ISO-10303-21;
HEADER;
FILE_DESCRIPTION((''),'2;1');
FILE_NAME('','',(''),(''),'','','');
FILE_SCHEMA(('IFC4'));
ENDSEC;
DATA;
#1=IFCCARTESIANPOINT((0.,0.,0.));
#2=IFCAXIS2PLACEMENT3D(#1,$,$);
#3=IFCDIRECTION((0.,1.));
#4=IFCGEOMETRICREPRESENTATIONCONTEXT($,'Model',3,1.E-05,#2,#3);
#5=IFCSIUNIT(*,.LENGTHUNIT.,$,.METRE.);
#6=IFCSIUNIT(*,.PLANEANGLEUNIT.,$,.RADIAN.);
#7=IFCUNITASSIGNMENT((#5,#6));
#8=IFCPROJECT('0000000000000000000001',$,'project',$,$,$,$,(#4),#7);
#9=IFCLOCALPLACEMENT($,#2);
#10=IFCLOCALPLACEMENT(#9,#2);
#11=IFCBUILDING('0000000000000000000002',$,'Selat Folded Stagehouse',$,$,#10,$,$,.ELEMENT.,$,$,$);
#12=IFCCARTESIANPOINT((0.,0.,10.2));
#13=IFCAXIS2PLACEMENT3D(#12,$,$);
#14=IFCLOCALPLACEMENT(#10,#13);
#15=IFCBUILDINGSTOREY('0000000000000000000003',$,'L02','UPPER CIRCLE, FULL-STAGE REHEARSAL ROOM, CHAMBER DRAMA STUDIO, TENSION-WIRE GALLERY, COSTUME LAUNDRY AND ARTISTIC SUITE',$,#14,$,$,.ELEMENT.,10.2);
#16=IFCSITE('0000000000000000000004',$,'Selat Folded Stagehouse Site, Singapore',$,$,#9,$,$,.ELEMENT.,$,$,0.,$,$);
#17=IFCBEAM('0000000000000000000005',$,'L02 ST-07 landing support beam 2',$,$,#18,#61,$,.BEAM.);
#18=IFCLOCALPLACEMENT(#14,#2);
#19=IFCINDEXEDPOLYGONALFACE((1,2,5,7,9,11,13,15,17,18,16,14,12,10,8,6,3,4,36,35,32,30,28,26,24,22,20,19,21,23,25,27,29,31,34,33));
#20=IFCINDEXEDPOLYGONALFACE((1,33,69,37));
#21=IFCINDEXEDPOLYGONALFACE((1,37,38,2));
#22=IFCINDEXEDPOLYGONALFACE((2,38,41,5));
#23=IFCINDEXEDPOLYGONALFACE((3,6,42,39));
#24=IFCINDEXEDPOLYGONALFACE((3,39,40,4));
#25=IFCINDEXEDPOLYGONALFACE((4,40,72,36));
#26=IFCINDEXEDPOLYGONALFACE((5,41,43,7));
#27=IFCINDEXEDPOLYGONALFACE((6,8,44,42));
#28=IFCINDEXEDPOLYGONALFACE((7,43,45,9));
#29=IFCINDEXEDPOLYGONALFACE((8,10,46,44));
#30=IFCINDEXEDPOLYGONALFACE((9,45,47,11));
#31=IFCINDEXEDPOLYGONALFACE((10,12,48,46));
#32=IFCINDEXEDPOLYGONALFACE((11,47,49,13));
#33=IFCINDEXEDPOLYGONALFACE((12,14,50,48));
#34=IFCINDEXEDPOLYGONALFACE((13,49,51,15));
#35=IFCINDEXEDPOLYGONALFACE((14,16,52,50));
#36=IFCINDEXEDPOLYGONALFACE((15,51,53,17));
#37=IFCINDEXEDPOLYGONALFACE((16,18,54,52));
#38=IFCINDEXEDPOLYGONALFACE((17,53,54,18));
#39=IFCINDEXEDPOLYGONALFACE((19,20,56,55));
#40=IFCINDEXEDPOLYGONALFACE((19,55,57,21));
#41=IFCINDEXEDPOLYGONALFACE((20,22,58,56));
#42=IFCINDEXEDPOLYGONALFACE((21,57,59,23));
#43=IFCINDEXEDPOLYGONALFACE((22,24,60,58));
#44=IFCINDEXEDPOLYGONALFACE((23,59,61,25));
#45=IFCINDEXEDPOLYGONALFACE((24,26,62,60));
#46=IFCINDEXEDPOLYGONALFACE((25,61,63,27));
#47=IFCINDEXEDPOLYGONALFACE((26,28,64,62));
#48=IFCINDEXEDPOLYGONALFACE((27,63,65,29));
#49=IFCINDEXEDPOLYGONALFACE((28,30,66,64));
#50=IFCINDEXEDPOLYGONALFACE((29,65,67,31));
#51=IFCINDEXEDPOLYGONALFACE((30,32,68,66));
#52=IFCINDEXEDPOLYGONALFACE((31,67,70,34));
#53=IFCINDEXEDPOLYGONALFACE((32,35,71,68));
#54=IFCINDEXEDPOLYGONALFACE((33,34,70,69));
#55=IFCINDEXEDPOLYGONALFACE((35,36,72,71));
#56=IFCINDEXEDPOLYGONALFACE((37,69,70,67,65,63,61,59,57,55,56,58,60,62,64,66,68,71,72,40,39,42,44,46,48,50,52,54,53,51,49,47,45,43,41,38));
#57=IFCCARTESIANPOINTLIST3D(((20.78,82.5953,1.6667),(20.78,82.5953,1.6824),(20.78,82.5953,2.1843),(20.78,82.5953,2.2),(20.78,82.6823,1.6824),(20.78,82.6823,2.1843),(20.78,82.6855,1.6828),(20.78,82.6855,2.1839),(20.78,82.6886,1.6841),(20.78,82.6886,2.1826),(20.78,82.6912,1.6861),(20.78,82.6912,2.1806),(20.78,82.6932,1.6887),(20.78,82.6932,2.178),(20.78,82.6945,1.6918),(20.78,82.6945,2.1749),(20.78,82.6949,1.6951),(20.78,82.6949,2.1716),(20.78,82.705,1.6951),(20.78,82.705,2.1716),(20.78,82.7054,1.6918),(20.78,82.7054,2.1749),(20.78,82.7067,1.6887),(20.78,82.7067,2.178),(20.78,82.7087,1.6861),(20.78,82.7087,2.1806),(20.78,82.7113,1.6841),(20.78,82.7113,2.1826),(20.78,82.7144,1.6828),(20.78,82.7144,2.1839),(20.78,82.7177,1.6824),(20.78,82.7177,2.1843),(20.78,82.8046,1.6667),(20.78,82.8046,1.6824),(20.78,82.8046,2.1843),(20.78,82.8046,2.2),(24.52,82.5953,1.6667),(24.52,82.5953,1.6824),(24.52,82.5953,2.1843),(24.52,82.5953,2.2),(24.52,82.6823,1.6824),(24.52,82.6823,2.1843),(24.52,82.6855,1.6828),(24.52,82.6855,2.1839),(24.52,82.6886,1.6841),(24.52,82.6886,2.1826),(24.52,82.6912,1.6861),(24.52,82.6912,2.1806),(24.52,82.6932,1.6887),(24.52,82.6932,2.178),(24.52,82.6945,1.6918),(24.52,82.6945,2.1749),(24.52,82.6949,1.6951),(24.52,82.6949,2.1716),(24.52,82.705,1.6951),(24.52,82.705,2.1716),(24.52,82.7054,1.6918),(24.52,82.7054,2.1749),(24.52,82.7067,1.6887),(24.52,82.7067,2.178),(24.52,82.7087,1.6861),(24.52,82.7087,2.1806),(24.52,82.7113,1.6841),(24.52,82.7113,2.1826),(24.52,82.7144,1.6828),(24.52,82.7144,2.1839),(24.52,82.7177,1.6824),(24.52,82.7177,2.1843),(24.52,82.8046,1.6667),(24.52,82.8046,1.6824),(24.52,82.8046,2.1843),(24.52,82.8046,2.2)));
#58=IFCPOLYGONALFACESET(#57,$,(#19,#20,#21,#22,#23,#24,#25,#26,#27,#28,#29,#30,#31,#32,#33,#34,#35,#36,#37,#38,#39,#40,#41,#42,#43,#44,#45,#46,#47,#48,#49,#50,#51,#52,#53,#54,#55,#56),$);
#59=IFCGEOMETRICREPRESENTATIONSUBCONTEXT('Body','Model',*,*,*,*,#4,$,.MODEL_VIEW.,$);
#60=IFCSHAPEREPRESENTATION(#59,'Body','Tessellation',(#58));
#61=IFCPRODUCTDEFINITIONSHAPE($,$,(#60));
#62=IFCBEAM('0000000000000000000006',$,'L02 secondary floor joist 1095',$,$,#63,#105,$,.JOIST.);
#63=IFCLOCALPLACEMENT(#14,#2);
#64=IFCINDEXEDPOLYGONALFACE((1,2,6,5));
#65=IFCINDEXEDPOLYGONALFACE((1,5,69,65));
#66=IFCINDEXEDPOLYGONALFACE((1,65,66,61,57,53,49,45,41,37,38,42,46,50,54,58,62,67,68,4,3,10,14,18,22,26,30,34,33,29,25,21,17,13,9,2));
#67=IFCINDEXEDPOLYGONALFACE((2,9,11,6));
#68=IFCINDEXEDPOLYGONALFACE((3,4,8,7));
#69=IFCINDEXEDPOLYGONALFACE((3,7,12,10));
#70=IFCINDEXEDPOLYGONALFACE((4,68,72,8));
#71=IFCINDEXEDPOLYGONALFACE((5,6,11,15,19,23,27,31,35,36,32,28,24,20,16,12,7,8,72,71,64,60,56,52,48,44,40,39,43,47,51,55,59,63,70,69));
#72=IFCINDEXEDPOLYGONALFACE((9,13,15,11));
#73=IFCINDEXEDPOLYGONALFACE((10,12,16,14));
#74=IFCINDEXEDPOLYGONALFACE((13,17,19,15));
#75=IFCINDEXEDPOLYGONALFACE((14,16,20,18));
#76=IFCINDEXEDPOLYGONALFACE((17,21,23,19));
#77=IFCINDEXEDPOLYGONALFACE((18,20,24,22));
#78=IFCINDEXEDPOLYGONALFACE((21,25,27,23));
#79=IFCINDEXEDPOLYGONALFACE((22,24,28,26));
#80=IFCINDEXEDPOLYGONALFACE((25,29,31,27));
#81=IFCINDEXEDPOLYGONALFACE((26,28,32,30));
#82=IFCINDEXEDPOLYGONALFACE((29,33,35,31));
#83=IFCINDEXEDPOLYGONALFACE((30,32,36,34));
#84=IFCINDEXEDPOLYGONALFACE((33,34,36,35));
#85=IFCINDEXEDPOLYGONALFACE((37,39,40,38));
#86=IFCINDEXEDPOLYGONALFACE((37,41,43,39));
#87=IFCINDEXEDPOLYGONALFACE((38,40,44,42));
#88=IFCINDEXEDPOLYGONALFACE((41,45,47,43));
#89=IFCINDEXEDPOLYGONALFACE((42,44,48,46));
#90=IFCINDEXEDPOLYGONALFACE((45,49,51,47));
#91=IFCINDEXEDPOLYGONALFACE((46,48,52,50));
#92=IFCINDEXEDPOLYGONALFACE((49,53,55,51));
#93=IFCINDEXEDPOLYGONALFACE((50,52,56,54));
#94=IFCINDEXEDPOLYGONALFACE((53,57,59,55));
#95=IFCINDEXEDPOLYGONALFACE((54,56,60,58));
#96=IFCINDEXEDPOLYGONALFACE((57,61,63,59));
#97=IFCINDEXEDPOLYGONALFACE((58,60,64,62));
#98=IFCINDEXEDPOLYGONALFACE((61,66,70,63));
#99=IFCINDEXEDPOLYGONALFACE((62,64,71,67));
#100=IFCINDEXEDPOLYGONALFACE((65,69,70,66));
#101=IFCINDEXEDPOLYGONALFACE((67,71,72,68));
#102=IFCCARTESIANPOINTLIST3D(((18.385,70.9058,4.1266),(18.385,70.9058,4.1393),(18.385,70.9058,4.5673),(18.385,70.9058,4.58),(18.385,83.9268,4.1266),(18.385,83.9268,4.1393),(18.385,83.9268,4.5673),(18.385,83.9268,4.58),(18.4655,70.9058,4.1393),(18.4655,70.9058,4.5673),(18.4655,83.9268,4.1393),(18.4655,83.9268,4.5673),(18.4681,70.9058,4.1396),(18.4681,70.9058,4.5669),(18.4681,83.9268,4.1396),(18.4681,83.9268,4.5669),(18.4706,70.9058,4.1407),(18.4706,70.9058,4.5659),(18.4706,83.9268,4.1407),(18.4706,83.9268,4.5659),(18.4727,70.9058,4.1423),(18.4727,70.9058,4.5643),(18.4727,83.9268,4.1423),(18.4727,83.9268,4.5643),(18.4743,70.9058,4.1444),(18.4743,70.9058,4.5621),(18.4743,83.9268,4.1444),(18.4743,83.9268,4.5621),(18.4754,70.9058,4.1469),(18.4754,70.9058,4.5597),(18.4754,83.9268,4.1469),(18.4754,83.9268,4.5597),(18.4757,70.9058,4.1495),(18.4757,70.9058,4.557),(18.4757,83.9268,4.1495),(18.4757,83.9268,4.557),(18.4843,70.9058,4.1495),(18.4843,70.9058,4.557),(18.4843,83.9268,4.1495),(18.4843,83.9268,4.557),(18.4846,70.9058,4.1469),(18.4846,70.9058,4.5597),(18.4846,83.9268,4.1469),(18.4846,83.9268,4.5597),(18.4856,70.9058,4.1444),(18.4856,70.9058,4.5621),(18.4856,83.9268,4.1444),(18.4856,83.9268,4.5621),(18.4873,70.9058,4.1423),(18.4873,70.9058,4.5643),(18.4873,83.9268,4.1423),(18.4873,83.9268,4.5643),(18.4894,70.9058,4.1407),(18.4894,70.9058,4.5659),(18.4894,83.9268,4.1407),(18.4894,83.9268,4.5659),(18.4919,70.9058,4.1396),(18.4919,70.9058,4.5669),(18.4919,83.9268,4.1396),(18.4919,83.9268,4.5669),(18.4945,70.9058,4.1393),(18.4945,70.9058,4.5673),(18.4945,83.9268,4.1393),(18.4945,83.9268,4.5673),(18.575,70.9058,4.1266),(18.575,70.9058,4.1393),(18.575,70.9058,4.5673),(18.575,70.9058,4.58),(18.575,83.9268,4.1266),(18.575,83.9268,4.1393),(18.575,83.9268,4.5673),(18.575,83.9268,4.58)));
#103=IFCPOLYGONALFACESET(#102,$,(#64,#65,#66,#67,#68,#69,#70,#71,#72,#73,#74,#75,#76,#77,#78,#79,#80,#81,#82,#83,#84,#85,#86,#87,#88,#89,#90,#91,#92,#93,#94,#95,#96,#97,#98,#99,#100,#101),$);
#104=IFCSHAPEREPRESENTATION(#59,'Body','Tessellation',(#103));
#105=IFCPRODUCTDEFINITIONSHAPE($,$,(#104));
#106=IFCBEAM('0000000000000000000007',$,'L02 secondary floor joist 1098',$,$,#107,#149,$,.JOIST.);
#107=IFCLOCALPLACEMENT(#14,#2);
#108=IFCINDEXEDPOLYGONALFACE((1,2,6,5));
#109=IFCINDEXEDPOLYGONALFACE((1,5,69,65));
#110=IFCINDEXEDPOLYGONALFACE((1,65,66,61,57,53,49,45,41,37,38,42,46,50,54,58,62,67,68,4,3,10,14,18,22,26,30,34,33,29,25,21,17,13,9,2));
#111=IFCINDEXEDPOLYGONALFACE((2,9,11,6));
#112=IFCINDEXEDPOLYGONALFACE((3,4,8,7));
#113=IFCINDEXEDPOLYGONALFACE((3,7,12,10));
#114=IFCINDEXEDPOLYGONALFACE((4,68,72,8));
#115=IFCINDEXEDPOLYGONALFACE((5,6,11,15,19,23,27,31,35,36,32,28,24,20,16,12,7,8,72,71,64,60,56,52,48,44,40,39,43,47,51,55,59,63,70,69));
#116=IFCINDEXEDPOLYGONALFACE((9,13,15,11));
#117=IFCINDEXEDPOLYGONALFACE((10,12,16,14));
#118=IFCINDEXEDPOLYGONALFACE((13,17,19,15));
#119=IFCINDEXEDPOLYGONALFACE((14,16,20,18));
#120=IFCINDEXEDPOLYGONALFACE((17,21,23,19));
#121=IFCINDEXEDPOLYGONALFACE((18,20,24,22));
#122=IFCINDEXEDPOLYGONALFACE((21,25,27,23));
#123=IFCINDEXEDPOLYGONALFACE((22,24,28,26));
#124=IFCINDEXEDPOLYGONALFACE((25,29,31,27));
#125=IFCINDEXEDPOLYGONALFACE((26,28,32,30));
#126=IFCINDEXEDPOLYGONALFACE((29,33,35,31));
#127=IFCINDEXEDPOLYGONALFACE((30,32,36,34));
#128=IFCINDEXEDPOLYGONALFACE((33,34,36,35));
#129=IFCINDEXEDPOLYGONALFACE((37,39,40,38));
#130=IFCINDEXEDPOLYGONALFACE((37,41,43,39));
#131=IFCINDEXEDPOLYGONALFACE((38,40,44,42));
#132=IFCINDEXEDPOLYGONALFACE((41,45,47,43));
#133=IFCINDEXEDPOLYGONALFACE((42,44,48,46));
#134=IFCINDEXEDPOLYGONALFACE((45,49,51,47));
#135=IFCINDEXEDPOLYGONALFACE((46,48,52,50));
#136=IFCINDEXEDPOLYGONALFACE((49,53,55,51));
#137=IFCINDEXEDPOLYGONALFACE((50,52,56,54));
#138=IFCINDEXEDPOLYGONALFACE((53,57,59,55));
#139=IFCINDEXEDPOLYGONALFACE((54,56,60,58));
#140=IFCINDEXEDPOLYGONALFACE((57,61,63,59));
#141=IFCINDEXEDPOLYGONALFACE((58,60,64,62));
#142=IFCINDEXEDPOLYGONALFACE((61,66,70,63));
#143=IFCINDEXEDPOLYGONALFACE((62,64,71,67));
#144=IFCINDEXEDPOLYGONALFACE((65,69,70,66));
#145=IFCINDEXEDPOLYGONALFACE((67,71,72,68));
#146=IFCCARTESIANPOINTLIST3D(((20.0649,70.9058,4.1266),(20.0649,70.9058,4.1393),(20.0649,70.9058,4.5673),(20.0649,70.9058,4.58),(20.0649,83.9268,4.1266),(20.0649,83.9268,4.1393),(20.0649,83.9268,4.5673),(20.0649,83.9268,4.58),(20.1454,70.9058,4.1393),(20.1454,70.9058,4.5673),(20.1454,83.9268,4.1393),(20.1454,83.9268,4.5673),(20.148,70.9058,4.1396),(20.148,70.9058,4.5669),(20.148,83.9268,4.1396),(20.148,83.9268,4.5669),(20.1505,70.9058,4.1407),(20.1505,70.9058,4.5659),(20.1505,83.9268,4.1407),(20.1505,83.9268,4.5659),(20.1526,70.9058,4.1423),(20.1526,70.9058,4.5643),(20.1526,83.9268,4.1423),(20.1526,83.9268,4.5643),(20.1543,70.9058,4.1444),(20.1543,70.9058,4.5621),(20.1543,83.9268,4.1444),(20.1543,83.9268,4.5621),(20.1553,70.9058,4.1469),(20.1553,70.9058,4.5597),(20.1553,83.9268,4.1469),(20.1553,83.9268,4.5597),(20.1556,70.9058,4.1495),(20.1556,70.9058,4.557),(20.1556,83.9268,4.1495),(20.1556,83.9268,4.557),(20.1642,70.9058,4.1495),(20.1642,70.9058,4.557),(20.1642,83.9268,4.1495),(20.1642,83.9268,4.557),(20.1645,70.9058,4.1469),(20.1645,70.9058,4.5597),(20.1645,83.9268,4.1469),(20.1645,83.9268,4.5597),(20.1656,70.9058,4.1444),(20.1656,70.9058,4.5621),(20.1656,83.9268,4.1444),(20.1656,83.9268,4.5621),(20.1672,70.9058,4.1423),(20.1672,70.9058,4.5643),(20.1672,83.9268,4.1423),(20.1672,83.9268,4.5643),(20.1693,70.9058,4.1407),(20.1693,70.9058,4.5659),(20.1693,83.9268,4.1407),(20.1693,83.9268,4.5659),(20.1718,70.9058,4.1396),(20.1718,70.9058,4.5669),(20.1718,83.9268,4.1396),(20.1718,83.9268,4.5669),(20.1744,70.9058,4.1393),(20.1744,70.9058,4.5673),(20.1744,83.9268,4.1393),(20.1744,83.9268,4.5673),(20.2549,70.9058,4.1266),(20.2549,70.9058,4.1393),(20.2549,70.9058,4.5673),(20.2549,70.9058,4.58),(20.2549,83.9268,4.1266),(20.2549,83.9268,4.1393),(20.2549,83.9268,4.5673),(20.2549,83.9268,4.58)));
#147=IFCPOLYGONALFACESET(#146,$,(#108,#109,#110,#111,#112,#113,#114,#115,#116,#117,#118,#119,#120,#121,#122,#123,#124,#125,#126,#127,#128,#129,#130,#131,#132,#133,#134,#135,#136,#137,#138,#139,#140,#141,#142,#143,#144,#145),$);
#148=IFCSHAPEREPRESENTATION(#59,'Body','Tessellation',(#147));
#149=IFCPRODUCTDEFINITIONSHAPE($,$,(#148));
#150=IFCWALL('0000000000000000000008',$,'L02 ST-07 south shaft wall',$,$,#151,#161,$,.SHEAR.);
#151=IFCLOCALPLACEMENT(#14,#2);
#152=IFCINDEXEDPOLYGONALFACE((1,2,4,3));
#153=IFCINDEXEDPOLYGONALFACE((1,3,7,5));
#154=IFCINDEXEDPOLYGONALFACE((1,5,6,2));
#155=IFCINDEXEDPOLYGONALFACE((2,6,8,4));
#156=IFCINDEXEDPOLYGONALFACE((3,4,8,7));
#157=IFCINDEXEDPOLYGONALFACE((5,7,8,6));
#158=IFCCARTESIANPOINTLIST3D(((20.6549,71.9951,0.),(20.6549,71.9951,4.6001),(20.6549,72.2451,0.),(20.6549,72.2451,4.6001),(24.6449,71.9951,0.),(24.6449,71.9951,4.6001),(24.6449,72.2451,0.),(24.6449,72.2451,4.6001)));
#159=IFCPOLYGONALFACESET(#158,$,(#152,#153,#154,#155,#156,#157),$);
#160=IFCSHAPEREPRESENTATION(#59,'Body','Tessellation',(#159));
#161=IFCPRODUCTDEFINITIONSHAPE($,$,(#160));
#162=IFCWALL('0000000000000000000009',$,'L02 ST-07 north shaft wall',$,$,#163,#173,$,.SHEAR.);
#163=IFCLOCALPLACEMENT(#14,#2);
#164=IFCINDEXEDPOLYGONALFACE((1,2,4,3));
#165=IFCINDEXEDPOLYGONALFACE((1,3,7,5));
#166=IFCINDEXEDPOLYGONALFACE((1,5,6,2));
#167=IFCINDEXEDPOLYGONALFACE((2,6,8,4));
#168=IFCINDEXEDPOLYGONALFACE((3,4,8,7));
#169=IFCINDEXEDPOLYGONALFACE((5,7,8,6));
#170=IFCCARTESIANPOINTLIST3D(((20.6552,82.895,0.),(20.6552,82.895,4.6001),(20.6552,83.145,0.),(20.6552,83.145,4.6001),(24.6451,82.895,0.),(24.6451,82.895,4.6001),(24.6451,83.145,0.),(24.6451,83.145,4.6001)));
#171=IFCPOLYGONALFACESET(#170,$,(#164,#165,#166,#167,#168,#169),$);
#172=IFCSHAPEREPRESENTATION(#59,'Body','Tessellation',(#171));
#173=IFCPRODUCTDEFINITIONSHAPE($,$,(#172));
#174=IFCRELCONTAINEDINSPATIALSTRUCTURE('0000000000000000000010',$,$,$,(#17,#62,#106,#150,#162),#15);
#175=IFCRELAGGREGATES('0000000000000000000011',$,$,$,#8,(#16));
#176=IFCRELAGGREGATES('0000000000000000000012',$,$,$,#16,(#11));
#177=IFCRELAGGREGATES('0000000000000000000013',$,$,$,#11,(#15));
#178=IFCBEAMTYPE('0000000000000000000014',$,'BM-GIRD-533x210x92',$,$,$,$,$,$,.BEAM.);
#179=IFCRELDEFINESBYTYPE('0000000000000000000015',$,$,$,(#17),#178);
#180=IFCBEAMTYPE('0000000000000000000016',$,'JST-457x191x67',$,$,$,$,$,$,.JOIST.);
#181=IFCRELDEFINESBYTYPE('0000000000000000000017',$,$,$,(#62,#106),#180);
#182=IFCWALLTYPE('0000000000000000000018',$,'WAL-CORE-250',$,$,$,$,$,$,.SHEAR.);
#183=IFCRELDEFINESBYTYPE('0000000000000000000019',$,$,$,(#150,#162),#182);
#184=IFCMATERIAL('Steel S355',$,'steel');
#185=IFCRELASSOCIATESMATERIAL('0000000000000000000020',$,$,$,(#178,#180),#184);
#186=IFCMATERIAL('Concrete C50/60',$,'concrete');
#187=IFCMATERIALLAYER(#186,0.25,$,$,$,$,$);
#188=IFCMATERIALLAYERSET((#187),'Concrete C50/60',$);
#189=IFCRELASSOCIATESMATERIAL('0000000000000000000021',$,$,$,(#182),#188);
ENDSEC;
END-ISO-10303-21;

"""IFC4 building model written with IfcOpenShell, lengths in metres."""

from ifc_helpers import new_model, si_unit, direction, frame, frame_2d, origin, origin_2d, place, context, subcontext, project, spatial, rectangle, i_section, extrude, material, layer, layer_set, material_profile, profile_set, type_object, element, save


model = new_model("IFC4")

# Units and contexts
model_context = context("Model", 3, precision=1e-05, world=origin(), true_north=direction((0.0, 1.0)))
body_context = subcontext(model_context, "Body", "Model", "MODEL_VIEW")
ifc_project = project(units=[si_unit("LENGTHUNIT", "METRE"), si_unit("PLANEANGLEUNIT", "RADIAN")], contexts=[model_context])

# Site, building, storey
site_placement = place(None, origin())
site = spatial("IfcSite", under=ifc_project, at=site_placement, Name="Selat Folded Stagehouse Site, Singapore", CompositionType="ELEMENT", RefElevation=0.0)
building_placement = place(site_placement, origin())
building = spatial("IfcBuilding", under=site, at=building_placement, Name="Selat Folded Stagehouse", CompositionType="ELEMENT")
storey_placement = place(building_placement, frame((0.0, 0.0, 10.2)))
storey = spatial("IfcBuildingStorey", under=building, at=storey_placement, Name="L02", Description="UPPER CIRCLE, FULL-STAGE REHEARSAL ROOM, CHAMBER DRAMA STUDIO, TENSION-WIRE GALLERY, COSTUME LAUNDRY AND ARTISTIC SUITE", CompositionType="ELEMENT", Elevation=10.2)

# Shared definitions
ifc_material_1 = material(Name="Steel S355", Category="steel")

# Beams
ifc_material_profile_1 = material_profile(ifc_material_1, i_section(OverallWidth=0.2092, OverallDepth=0.5332, WebThickness=0.01, FlangeThickness=0.0156, FilletRadius=0.0127, at=origin_2d()), Name="UKB 533x210x92")
ifc_profile_set_1 = profile_set([ifc_material_profile_1], Name="Steel S355")
beam_type_1 = type_object("IfcBeamType", Name="BM-GIRD-533x210x92", PredefinedType="BEAM", material=ifc_profile_set_1)
for number, where, z_axis, x_axis, name in (
    (1, (20.78, 82.7, 1.9333), (1.0, 0.0, 0.0), (0.0, 1.0, 0.0), "L02 ST-07 landing support beam 2"),
):
    element("IfcBeam", number, at=place(storey_placement, frame(where, z_axis=z_axis, x_axis=x_axis)), inside=storey, type_object=beam_type_1, Name=name, PredefinedType="BEAM", context=body_context, shape_type="SweptSolid", body=[
        extrude(i_section(OverallWidth=0.2092, OverallDepth=0.5332, WebThickness=0.01, FlangeThickness=0.0156, FilletRadius=0.0127, at=origin_2d()), origin(), (0.0, 0.0, 1.0), 3.74),
    ])
ifc_material_profile_2 = material_profile(ifc_material_1, i_section(OverallWidth=0.1899, OverallDepth=0.4534, WebThickness=0.0085, FlangeThickness=0.0127, FilletRadius=0.0103, at=origin_2d()), Name="UKB 457x191x67")
ifc_profile_set_2 = profile_set([ifc_material_profile_2], Name="Steel S355")
beam_type_2 = type_object("IfcBeamType", Name="JST-457x191x67", PredefinedType="JOIST", material=ifc_profile_set_2)
for number, where, z_axis, x_axis, name in (
    (2, (18.48, 70.9058, 4.3533), (0.0, 1.0, 0.0), (-1.0, 0.0, 0.0), "L02 secondary floor joist 1095"),
    (3, (20.1599, 70.9058, 4.3533), (0.0, 1.0, 0.0), (-1.0, 0.0, 0.0), "L02 secondary floor joist 1098"),
):
    element("IfcBeam", number, at=place(storey_placement, frame(where, z_axis=z_axis, x_axis=x_axis)), inside=storey, type_object=beam_type_2, Name=name, PredefinedType="JOIST", context=body_context, shape_type="SweptSolid", body=[
        extrude(i_section(OverallWidth=0.1899, OverallDepth=0.4534, WebThickness=0.0085, FlangeThickness=0.0127, FilletRadius=0.0103, at=origin_2d()), origin(), (0.0, 0.0, 1.0), 13.021),
    ])

# Walls
ifc_material_2 = material(Name="Concrete C50/60", Category="concrete")
ifc_layer_1 = layer(ifc_material_2, 0.25)
ifc_layer_set_1 = layer_set([ifc_layer_1], Name="Concrete C50/60")
wall_type = type_object("IfcWallType", Name="WAL-CORE-250", PredefinedType="SHEAR", material=ifc_layer_set_1)
for number, where, z_axis, x_axis, name in (
    (4, (24.645, 72.1201, 0.0), (0.0, 0.0, 1.0), (-1.0, 0.0, 0.0), "L02 ST-07 south shaft wall"),
    (5, (20.655, 83.02, 0.0), (0.0, 0.0, 1.0), (1.0, 0.0, 0.0), "L02 ST-07 north shaft wall"),
):
    element("IfcWall", number, at=place(storey_placement, frame(where, z_axis=z_axis, x_axis=x_axis)), inside=storey, type_object=wall_type, Name=name, PredefinedType="SHEAR", context=body_context, shape_type="SweptSolid", body=[
        extrude(rectangle(XDim=3.99, YDim=0.25, at=frame_2d((1.9951, 0.0))), origin(), (0.0, 0.0, 1.0), 4.6001),
    ])

save(model, "model.ifc")
